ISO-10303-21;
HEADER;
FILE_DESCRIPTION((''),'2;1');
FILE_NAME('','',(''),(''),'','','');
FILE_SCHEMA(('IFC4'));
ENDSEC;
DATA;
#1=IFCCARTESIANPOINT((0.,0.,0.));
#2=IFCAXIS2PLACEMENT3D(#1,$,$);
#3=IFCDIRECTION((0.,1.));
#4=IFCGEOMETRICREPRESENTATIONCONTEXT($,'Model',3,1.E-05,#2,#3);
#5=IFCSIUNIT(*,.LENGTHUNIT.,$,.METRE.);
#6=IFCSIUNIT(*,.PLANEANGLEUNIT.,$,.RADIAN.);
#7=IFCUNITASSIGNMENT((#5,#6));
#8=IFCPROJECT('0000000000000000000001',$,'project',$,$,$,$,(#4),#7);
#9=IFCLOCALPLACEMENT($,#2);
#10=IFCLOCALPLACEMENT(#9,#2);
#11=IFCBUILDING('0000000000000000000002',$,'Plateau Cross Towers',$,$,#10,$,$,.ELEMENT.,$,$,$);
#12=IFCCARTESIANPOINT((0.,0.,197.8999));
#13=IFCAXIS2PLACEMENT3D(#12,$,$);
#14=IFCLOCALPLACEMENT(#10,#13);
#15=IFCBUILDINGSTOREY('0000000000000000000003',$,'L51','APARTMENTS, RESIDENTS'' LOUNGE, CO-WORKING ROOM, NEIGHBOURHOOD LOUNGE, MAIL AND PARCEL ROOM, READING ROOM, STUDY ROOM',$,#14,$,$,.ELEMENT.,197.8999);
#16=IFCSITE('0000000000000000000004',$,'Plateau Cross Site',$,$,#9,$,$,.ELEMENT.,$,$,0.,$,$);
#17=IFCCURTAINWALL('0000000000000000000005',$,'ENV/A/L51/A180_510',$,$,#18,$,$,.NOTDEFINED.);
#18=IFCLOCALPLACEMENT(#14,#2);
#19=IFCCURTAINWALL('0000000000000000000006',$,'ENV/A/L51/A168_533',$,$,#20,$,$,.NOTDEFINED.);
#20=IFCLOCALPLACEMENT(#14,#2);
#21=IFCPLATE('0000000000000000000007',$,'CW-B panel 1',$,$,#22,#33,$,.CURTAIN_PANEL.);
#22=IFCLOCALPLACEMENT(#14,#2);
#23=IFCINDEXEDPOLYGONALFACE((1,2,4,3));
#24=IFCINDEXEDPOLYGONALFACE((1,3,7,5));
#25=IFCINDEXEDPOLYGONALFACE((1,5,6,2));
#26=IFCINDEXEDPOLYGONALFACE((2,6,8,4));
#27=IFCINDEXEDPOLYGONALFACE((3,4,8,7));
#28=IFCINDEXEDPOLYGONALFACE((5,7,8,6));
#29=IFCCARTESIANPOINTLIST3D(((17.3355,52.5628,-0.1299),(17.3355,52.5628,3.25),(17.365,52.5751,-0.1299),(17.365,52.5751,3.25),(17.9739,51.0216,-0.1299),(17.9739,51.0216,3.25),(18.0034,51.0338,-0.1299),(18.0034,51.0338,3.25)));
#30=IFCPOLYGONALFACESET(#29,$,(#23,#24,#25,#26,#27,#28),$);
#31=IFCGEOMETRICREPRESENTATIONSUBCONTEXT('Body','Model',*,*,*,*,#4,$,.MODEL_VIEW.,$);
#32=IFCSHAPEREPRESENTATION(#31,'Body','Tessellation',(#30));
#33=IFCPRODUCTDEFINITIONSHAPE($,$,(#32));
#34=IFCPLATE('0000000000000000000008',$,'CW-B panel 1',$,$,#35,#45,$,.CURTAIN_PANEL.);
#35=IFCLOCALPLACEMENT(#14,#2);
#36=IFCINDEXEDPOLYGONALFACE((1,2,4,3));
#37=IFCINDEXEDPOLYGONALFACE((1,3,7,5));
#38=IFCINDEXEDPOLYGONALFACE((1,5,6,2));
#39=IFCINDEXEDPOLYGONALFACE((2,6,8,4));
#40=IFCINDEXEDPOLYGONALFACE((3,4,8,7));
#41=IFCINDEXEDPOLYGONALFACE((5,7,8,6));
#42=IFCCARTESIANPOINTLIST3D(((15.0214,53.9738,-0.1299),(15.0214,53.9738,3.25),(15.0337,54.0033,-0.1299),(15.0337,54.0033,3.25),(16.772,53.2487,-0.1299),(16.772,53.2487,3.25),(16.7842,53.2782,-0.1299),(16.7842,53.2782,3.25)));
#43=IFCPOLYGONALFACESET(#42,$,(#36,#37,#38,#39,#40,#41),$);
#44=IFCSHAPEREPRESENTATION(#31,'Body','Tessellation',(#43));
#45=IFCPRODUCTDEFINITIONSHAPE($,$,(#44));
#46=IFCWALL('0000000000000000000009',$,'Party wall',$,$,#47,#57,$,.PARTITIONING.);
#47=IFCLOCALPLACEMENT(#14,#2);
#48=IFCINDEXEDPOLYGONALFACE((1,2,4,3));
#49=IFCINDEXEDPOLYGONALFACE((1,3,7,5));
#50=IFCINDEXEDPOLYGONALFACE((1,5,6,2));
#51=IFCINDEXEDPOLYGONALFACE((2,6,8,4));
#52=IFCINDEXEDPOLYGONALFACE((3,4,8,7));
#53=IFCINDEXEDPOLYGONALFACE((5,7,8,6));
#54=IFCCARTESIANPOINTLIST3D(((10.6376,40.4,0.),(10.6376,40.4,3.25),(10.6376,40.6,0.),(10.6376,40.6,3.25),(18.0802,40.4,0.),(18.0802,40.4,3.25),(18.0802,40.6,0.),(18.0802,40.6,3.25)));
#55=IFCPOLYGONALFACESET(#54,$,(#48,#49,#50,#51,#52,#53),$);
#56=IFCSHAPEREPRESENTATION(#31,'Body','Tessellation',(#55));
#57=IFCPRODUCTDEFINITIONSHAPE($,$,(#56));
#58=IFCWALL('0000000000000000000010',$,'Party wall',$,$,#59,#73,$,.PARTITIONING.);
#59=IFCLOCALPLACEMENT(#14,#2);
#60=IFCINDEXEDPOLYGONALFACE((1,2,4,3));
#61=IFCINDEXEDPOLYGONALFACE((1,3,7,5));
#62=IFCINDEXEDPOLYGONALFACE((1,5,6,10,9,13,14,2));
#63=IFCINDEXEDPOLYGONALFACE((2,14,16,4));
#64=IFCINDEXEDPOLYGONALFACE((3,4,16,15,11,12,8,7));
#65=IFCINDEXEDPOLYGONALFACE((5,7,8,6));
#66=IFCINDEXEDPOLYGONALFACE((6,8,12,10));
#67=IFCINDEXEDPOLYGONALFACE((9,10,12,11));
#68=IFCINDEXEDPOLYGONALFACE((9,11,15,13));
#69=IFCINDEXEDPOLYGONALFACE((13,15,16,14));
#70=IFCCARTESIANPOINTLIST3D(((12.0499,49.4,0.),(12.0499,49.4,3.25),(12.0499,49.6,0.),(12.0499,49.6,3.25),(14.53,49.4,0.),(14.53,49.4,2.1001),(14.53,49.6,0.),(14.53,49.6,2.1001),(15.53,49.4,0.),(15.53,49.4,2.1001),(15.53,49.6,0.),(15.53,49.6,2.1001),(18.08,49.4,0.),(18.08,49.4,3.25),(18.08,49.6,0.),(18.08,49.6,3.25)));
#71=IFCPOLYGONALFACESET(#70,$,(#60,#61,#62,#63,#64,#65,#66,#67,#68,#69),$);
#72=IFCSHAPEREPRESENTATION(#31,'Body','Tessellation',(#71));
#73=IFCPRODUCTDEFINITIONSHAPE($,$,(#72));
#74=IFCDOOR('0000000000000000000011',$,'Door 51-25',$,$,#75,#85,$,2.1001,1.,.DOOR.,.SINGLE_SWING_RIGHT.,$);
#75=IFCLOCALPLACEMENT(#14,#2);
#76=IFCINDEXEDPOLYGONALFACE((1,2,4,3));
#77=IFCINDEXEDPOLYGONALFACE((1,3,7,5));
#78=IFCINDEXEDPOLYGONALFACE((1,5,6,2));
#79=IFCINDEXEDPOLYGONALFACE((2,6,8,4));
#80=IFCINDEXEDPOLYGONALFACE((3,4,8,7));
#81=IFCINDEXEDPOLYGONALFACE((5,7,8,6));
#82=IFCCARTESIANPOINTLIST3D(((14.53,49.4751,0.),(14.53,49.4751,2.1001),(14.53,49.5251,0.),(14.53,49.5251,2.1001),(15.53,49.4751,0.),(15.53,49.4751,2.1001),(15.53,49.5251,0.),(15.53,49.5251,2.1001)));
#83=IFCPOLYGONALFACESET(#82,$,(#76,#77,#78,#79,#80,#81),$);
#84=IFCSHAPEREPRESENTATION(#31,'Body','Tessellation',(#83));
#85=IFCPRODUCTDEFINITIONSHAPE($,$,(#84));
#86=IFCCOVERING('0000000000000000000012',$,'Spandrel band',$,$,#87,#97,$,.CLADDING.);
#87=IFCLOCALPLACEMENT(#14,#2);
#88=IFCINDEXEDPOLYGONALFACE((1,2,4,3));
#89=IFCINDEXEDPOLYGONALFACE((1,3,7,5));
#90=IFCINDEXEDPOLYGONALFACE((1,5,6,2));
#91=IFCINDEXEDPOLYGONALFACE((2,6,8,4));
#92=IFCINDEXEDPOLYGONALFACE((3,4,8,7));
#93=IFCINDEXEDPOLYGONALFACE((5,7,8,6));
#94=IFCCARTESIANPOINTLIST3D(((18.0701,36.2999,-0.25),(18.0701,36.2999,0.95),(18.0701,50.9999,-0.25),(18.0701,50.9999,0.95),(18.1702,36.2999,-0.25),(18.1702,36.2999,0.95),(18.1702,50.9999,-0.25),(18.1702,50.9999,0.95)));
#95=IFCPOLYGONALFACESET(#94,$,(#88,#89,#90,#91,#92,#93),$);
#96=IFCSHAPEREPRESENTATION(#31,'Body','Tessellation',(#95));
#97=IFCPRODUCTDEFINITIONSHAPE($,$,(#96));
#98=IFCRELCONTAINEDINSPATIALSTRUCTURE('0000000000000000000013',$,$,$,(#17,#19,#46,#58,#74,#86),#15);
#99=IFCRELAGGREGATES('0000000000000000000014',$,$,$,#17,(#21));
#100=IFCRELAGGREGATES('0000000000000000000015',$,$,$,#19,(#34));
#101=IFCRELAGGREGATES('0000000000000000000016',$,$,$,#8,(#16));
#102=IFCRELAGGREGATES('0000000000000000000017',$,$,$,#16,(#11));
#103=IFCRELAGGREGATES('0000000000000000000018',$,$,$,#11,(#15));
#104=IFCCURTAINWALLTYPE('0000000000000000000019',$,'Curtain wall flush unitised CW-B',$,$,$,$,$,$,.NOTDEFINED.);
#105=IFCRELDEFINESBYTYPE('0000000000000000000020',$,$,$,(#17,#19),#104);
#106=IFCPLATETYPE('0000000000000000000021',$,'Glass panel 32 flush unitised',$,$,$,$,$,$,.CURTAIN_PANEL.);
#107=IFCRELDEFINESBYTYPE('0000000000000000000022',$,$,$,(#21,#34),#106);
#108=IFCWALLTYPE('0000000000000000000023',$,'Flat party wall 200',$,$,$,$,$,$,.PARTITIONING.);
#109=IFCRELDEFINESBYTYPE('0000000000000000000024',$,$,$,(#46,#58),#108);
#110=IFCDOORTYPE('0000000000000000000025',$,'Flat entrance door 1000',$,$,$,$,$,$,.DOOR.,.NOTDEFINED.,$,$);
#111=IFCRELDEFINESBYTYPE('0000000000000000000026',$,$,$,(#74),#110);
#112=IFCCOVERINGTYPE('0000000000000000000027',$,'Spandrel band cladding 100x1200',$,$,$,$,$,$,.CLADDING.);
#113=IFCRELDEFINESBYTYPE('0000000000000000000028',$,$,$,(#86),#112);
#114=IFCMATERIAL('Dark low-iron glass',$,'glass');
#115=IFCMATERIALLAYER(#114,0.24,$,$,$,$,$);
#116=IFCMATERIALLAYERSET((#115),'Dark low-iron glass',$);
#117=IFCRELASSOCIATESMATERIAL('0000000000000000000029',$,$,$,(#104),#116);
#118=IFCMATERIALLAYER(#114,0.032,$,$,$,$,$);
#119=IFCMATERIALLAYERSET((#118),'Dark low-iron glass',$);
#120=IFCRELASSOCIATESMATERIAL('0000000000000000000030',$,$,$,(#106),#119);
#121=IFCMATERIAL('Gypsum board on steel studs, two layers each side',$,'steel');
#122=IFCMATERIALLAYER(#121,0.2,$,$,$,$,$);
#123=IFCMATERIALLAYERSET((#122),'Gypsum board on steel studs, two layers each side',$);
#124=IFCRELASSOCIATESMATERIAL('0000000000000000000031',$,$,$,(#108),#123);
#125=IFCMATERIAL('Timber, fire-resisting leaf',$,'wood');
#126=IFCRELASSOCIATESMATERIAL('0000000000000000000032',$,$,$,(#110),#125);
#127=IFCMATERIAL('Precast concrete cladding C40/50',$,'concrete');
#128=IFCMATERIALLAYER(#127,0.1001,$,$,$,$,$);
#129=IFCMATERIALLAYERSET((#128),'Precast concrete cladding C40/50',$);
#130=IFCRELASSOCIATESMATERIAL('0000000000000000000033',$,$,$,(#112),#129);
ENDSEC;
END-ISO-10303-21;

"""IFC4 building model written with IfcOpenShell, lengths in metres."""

from ifc_helpers import new_model, si_unit, direction, frame, frame_2d, origin, origin_2d, place, context, subcontext, project, spatial, rectangle, extrude, material, layer, layer_set, type_object, element, fill, aggregate, save


model = new_model("IFC4")

# Units and contexts
model_context = context("Model", 3, precision=1e-05, world=origin(), true_north=direction((0.0, 1.0)))
body_context = subcontext(model_context, "Body", "Model", "MODEL_VIEW")
ifc_project = project(units=[si_unit("LENGTHUNIT", "METRE"), si_unit("PLANEANGLEUNIT", "RADIAN")], contexts=[model_context])

# Site, building, storey
site_placement = place(None, origin())
site = spatial("IfcSite", under=ifc_project, at=site_placement, Name="Plateau Cross Site", CompositionType="ELEMENT", RefElevation=0.0)
building_placement = place(site_placement, origin())
building = spatial("IfcBuilding", under=site, at=building_placement, Name="Plateau Cross Towers", CompositionType="ELEMENT")
storey_placement = place(building_placement, frame((0.0, 0.0, 197.8999)))
storey = spatial("IfcBuildingStorey", under=building, at=storey_placement, Name="L51", Description="APARTMENTS, RESIDENTS' LOUNGE, CO-WORKING ROOM, NEIGHBOURHOOD LOUNGE, MAIL AND PARCEL ROOM, READING ROOM, STUDY ROOM", CompositionType="ELEMENT", Elevation=197.8999)

# Curtain wall
ifc_material_1 = material(Name="Dark low-iron glass", Category="glass")
ifc_layer_1 = layer(ifc_material_1, 0.24)
ifc_layer_set_1 = layer_set([ifc_layer_1], Name="Dark low-iron glass")
curtain_wall_type = type_object("IfcCurtainWallType", Name="Curtain wall flush unitised CW-B", PredefinedType="NOTDEFINED", material=ifc_layer_set_1)
curtain_wall_1_placement = place(storey_placement, origin())
curtain_wall_1 = element("IfcCurtainWall", 1, at=curtain_wall_1_placement, inside=storey, type_object=curtain_wall_type, Name="ENV/A/L51/A180_510", PredefinedType="NOTDEFINED")

# Curtain wall
curtain_wall_2_placement = place(storey_placement, origin())
curtain_wall_2 = element("IfcCurtainWall", 2, at=curtain_wall_2_placement, inside=storey, type_object=curtain_wall_type, Name="ENV/A/L51/A168_533", PredefinedType="NOTDEFINED")

# Plates
ifc_layer_2 = layer(ifc_material_1, 0.032)
ifc_layer_set_2 = layer_set([ifc_layer_2], Name="Dark low-iron glass")
plate_type = type_object("IfcPlateType", Name="Glass panel 32 flush unitised", PredefinedType="CURTAIN_PANEL", material=ifc_layer_set_2)
plate_1_placement = place(storey_placement, frame((17.6694, 51.7983, -0.1299), z_axis=(0.0, 0.0, 1.0), x_axis=(-0.382684, 0.923879, 0.0)))
plate_1 = element("IfcPlate", 3, at=plate_1_placement, type_object=plate_type, Name="CW-B panel 1", PredefinedType="CURTAIN_PANEL", context=body_context, shape_type="SweptSolid", body=[
    extrude(rectangle(XDim=1.6682, YDim=0.032, at=origin_2d()), origin(), (0.0, 0.0, 1.0), 3.3799),
])
aggregate(curtain_wall_1, [plate_1])
plate_2_placement = place(storey_placement, frame((15.9028, 53.626, -0.1299), z_axis=(0.0, 0.0, 1.0), x_axis=(-0.923879, 0.382684, 0.0)))
plate_2 = element("IfcPlate", 4, at=plate_2_placement, type_object=plate_type, Name="CW-B panel 1", PredefinedType="CURTAIN_PANEL", context=body_context, shape_type="SweptSolid", body=[
    extrude(rectangle(XDim=1.8948, YDim=0.032, at=origin_2d()), origin(), (0.0, 0.0, 1.0), 3.3799),
])
aggregate(curtain_wall_2, [plate_2])

# Wall
ifc_material_2 = material(Name="Gypsum board on steel studs, two layers each side", Category="steel")
ifc_layer_3 = layer(ifc_material_2, 0.2)
ifc_layer_set_3 = layer_set([ifc_layer_3], Name="Gypsum board on steel studs, two layers each side")
wall_type_1 = type_object("IfcWallType", Name="Flat party wall 200", PredefinedType="PARTITIONING", material=ifc_layer_set_3)
wall_1_placement = place(storey_placement, frame((18.0801, 40.5, 0.0), z_axis=(0.0, 0.0, 1.0), x_axis=(-1.0, 0.0, 0.0)))
element("IfcWall", 5, at=wall_1_placement, inside=storey, type_object=wall_type_1, Name="Party wall", PredefinedType="PARTITIONING", context=body_context, shape_type="SweptSolid", body=[
    extrude(rectangle(XDim=7.4426, YDim=0.2, at=frame_2d((3.7212, 0.0))), origin(), (0.0, 0.0, 1.0), 3.25),
])

# Wall, opening, door
wall_2_placement = place(storey_placement, frame((18.0801, 49.5, 0.0), z_axis=(0.0, 0.0, 1.0), x_axis=(-1.0, 0.0, 0.0)))
wall_2 = element("IfcWall", 6, at=wall_2_placement, inside=storey, type_object=wall_type_1, Name="Party wall", PredefinedType="PARTITIONING", context=body_context, shape_type="SweptSolid", body=[
    extrude(rectangle(XDim=6.03, YDim=0.2, at=frame_2d((3.0151, 0.0))), origin(), (0.0, 0.0, 1.0), 3.25),
])
opening_1_placement = place(wall_2_placement, frame((2.55, 0.0, 0.0)))
opening_1 = element("IfcOpeningElement", 7, at=opening_1_placement, cuts=wall_2, PredefinedType="OPENING", context=body_context, shape_type="SweptSolid", body=[
    extrude(rectangle(XDim=1.0, YDim=2.1001, at=frame_2d((0.5, 1.05))), frame((0.0, 0.1099, 0.0), z_axis=(0.0, -1.0, 0.0), x_axis=(1.0, 0.0, 0.0)), (0.0, 0.0, 1.0), 0.22),
])
ifc_material_3 = material(Name="Timber, fire-resisting leaf", Category="wood")
door_type_1 = type_object("IfcDoorType", Name="Flat entrance door 1000", OperationType="NOTDEFINED", PredefinedType="DOOR", material=ifc_material_3)
door_1_placement = place(opening_1_placement, origin())
door_1 = element("IfcDoor", 8, at=door_1_placement, inside=storey, type_object=door_type_1, Name="Door 51-25", OperationType="SINGLE_SWING_RIGHT", OverallHeight=2.1001, OverallWidth=1.0, PredefinedType="DOOR", context=body_context, shape_type="SweptSolid", body=[
    extrude(rectangle(XDim=1.0, YDim=2.1001, at=frame_2d((0.5, 1.05))), frame((0.0, 0.0249, 0.0), z_axis=(0.0, -1.0, 0.0), x_axis=(1.0, 0.0, 0.0)), (0.0, 0.0, 1.0), 0.05),
])
fill(opening_1, door_1)

# Covering
ifc_material_4 = material(Name="Precast concrete cladding C40/50", Category="concrete")
ifc_layer_4 = layer(ifc_material_4, 0.1001)
ifc_layer_set_4 = layer_set([ifc_layer_4], Name="Precast concrete cladding C40/50")
covering_type = type_object("IfcCoveringType", Name="Spandrel band cladding 100x1200", PredefinedType="CLADDING", material=ifc_layer_set_4)
covering_placement = place(storey_placement, frame((18.1201, 43.6499, -0.25), z_axis=(0.0, 0.0, 1.0), x_axis=(0.0, 1.0, 0.0)))
element("IfcCovering", 9, at=covering_placement, inside=storey, type_object=covering_type, Name="Spandrel band", PredefinedType="CLADDING", context=body_context, shape_type="SweptSolid", body=[
    extrude(rectangle(XDim=14.7, YDim=0.1001, at=origin_2d()), origin(), (0.0, 0.0, 1.0), 1.2),
])

save(model, "model.ifc")
